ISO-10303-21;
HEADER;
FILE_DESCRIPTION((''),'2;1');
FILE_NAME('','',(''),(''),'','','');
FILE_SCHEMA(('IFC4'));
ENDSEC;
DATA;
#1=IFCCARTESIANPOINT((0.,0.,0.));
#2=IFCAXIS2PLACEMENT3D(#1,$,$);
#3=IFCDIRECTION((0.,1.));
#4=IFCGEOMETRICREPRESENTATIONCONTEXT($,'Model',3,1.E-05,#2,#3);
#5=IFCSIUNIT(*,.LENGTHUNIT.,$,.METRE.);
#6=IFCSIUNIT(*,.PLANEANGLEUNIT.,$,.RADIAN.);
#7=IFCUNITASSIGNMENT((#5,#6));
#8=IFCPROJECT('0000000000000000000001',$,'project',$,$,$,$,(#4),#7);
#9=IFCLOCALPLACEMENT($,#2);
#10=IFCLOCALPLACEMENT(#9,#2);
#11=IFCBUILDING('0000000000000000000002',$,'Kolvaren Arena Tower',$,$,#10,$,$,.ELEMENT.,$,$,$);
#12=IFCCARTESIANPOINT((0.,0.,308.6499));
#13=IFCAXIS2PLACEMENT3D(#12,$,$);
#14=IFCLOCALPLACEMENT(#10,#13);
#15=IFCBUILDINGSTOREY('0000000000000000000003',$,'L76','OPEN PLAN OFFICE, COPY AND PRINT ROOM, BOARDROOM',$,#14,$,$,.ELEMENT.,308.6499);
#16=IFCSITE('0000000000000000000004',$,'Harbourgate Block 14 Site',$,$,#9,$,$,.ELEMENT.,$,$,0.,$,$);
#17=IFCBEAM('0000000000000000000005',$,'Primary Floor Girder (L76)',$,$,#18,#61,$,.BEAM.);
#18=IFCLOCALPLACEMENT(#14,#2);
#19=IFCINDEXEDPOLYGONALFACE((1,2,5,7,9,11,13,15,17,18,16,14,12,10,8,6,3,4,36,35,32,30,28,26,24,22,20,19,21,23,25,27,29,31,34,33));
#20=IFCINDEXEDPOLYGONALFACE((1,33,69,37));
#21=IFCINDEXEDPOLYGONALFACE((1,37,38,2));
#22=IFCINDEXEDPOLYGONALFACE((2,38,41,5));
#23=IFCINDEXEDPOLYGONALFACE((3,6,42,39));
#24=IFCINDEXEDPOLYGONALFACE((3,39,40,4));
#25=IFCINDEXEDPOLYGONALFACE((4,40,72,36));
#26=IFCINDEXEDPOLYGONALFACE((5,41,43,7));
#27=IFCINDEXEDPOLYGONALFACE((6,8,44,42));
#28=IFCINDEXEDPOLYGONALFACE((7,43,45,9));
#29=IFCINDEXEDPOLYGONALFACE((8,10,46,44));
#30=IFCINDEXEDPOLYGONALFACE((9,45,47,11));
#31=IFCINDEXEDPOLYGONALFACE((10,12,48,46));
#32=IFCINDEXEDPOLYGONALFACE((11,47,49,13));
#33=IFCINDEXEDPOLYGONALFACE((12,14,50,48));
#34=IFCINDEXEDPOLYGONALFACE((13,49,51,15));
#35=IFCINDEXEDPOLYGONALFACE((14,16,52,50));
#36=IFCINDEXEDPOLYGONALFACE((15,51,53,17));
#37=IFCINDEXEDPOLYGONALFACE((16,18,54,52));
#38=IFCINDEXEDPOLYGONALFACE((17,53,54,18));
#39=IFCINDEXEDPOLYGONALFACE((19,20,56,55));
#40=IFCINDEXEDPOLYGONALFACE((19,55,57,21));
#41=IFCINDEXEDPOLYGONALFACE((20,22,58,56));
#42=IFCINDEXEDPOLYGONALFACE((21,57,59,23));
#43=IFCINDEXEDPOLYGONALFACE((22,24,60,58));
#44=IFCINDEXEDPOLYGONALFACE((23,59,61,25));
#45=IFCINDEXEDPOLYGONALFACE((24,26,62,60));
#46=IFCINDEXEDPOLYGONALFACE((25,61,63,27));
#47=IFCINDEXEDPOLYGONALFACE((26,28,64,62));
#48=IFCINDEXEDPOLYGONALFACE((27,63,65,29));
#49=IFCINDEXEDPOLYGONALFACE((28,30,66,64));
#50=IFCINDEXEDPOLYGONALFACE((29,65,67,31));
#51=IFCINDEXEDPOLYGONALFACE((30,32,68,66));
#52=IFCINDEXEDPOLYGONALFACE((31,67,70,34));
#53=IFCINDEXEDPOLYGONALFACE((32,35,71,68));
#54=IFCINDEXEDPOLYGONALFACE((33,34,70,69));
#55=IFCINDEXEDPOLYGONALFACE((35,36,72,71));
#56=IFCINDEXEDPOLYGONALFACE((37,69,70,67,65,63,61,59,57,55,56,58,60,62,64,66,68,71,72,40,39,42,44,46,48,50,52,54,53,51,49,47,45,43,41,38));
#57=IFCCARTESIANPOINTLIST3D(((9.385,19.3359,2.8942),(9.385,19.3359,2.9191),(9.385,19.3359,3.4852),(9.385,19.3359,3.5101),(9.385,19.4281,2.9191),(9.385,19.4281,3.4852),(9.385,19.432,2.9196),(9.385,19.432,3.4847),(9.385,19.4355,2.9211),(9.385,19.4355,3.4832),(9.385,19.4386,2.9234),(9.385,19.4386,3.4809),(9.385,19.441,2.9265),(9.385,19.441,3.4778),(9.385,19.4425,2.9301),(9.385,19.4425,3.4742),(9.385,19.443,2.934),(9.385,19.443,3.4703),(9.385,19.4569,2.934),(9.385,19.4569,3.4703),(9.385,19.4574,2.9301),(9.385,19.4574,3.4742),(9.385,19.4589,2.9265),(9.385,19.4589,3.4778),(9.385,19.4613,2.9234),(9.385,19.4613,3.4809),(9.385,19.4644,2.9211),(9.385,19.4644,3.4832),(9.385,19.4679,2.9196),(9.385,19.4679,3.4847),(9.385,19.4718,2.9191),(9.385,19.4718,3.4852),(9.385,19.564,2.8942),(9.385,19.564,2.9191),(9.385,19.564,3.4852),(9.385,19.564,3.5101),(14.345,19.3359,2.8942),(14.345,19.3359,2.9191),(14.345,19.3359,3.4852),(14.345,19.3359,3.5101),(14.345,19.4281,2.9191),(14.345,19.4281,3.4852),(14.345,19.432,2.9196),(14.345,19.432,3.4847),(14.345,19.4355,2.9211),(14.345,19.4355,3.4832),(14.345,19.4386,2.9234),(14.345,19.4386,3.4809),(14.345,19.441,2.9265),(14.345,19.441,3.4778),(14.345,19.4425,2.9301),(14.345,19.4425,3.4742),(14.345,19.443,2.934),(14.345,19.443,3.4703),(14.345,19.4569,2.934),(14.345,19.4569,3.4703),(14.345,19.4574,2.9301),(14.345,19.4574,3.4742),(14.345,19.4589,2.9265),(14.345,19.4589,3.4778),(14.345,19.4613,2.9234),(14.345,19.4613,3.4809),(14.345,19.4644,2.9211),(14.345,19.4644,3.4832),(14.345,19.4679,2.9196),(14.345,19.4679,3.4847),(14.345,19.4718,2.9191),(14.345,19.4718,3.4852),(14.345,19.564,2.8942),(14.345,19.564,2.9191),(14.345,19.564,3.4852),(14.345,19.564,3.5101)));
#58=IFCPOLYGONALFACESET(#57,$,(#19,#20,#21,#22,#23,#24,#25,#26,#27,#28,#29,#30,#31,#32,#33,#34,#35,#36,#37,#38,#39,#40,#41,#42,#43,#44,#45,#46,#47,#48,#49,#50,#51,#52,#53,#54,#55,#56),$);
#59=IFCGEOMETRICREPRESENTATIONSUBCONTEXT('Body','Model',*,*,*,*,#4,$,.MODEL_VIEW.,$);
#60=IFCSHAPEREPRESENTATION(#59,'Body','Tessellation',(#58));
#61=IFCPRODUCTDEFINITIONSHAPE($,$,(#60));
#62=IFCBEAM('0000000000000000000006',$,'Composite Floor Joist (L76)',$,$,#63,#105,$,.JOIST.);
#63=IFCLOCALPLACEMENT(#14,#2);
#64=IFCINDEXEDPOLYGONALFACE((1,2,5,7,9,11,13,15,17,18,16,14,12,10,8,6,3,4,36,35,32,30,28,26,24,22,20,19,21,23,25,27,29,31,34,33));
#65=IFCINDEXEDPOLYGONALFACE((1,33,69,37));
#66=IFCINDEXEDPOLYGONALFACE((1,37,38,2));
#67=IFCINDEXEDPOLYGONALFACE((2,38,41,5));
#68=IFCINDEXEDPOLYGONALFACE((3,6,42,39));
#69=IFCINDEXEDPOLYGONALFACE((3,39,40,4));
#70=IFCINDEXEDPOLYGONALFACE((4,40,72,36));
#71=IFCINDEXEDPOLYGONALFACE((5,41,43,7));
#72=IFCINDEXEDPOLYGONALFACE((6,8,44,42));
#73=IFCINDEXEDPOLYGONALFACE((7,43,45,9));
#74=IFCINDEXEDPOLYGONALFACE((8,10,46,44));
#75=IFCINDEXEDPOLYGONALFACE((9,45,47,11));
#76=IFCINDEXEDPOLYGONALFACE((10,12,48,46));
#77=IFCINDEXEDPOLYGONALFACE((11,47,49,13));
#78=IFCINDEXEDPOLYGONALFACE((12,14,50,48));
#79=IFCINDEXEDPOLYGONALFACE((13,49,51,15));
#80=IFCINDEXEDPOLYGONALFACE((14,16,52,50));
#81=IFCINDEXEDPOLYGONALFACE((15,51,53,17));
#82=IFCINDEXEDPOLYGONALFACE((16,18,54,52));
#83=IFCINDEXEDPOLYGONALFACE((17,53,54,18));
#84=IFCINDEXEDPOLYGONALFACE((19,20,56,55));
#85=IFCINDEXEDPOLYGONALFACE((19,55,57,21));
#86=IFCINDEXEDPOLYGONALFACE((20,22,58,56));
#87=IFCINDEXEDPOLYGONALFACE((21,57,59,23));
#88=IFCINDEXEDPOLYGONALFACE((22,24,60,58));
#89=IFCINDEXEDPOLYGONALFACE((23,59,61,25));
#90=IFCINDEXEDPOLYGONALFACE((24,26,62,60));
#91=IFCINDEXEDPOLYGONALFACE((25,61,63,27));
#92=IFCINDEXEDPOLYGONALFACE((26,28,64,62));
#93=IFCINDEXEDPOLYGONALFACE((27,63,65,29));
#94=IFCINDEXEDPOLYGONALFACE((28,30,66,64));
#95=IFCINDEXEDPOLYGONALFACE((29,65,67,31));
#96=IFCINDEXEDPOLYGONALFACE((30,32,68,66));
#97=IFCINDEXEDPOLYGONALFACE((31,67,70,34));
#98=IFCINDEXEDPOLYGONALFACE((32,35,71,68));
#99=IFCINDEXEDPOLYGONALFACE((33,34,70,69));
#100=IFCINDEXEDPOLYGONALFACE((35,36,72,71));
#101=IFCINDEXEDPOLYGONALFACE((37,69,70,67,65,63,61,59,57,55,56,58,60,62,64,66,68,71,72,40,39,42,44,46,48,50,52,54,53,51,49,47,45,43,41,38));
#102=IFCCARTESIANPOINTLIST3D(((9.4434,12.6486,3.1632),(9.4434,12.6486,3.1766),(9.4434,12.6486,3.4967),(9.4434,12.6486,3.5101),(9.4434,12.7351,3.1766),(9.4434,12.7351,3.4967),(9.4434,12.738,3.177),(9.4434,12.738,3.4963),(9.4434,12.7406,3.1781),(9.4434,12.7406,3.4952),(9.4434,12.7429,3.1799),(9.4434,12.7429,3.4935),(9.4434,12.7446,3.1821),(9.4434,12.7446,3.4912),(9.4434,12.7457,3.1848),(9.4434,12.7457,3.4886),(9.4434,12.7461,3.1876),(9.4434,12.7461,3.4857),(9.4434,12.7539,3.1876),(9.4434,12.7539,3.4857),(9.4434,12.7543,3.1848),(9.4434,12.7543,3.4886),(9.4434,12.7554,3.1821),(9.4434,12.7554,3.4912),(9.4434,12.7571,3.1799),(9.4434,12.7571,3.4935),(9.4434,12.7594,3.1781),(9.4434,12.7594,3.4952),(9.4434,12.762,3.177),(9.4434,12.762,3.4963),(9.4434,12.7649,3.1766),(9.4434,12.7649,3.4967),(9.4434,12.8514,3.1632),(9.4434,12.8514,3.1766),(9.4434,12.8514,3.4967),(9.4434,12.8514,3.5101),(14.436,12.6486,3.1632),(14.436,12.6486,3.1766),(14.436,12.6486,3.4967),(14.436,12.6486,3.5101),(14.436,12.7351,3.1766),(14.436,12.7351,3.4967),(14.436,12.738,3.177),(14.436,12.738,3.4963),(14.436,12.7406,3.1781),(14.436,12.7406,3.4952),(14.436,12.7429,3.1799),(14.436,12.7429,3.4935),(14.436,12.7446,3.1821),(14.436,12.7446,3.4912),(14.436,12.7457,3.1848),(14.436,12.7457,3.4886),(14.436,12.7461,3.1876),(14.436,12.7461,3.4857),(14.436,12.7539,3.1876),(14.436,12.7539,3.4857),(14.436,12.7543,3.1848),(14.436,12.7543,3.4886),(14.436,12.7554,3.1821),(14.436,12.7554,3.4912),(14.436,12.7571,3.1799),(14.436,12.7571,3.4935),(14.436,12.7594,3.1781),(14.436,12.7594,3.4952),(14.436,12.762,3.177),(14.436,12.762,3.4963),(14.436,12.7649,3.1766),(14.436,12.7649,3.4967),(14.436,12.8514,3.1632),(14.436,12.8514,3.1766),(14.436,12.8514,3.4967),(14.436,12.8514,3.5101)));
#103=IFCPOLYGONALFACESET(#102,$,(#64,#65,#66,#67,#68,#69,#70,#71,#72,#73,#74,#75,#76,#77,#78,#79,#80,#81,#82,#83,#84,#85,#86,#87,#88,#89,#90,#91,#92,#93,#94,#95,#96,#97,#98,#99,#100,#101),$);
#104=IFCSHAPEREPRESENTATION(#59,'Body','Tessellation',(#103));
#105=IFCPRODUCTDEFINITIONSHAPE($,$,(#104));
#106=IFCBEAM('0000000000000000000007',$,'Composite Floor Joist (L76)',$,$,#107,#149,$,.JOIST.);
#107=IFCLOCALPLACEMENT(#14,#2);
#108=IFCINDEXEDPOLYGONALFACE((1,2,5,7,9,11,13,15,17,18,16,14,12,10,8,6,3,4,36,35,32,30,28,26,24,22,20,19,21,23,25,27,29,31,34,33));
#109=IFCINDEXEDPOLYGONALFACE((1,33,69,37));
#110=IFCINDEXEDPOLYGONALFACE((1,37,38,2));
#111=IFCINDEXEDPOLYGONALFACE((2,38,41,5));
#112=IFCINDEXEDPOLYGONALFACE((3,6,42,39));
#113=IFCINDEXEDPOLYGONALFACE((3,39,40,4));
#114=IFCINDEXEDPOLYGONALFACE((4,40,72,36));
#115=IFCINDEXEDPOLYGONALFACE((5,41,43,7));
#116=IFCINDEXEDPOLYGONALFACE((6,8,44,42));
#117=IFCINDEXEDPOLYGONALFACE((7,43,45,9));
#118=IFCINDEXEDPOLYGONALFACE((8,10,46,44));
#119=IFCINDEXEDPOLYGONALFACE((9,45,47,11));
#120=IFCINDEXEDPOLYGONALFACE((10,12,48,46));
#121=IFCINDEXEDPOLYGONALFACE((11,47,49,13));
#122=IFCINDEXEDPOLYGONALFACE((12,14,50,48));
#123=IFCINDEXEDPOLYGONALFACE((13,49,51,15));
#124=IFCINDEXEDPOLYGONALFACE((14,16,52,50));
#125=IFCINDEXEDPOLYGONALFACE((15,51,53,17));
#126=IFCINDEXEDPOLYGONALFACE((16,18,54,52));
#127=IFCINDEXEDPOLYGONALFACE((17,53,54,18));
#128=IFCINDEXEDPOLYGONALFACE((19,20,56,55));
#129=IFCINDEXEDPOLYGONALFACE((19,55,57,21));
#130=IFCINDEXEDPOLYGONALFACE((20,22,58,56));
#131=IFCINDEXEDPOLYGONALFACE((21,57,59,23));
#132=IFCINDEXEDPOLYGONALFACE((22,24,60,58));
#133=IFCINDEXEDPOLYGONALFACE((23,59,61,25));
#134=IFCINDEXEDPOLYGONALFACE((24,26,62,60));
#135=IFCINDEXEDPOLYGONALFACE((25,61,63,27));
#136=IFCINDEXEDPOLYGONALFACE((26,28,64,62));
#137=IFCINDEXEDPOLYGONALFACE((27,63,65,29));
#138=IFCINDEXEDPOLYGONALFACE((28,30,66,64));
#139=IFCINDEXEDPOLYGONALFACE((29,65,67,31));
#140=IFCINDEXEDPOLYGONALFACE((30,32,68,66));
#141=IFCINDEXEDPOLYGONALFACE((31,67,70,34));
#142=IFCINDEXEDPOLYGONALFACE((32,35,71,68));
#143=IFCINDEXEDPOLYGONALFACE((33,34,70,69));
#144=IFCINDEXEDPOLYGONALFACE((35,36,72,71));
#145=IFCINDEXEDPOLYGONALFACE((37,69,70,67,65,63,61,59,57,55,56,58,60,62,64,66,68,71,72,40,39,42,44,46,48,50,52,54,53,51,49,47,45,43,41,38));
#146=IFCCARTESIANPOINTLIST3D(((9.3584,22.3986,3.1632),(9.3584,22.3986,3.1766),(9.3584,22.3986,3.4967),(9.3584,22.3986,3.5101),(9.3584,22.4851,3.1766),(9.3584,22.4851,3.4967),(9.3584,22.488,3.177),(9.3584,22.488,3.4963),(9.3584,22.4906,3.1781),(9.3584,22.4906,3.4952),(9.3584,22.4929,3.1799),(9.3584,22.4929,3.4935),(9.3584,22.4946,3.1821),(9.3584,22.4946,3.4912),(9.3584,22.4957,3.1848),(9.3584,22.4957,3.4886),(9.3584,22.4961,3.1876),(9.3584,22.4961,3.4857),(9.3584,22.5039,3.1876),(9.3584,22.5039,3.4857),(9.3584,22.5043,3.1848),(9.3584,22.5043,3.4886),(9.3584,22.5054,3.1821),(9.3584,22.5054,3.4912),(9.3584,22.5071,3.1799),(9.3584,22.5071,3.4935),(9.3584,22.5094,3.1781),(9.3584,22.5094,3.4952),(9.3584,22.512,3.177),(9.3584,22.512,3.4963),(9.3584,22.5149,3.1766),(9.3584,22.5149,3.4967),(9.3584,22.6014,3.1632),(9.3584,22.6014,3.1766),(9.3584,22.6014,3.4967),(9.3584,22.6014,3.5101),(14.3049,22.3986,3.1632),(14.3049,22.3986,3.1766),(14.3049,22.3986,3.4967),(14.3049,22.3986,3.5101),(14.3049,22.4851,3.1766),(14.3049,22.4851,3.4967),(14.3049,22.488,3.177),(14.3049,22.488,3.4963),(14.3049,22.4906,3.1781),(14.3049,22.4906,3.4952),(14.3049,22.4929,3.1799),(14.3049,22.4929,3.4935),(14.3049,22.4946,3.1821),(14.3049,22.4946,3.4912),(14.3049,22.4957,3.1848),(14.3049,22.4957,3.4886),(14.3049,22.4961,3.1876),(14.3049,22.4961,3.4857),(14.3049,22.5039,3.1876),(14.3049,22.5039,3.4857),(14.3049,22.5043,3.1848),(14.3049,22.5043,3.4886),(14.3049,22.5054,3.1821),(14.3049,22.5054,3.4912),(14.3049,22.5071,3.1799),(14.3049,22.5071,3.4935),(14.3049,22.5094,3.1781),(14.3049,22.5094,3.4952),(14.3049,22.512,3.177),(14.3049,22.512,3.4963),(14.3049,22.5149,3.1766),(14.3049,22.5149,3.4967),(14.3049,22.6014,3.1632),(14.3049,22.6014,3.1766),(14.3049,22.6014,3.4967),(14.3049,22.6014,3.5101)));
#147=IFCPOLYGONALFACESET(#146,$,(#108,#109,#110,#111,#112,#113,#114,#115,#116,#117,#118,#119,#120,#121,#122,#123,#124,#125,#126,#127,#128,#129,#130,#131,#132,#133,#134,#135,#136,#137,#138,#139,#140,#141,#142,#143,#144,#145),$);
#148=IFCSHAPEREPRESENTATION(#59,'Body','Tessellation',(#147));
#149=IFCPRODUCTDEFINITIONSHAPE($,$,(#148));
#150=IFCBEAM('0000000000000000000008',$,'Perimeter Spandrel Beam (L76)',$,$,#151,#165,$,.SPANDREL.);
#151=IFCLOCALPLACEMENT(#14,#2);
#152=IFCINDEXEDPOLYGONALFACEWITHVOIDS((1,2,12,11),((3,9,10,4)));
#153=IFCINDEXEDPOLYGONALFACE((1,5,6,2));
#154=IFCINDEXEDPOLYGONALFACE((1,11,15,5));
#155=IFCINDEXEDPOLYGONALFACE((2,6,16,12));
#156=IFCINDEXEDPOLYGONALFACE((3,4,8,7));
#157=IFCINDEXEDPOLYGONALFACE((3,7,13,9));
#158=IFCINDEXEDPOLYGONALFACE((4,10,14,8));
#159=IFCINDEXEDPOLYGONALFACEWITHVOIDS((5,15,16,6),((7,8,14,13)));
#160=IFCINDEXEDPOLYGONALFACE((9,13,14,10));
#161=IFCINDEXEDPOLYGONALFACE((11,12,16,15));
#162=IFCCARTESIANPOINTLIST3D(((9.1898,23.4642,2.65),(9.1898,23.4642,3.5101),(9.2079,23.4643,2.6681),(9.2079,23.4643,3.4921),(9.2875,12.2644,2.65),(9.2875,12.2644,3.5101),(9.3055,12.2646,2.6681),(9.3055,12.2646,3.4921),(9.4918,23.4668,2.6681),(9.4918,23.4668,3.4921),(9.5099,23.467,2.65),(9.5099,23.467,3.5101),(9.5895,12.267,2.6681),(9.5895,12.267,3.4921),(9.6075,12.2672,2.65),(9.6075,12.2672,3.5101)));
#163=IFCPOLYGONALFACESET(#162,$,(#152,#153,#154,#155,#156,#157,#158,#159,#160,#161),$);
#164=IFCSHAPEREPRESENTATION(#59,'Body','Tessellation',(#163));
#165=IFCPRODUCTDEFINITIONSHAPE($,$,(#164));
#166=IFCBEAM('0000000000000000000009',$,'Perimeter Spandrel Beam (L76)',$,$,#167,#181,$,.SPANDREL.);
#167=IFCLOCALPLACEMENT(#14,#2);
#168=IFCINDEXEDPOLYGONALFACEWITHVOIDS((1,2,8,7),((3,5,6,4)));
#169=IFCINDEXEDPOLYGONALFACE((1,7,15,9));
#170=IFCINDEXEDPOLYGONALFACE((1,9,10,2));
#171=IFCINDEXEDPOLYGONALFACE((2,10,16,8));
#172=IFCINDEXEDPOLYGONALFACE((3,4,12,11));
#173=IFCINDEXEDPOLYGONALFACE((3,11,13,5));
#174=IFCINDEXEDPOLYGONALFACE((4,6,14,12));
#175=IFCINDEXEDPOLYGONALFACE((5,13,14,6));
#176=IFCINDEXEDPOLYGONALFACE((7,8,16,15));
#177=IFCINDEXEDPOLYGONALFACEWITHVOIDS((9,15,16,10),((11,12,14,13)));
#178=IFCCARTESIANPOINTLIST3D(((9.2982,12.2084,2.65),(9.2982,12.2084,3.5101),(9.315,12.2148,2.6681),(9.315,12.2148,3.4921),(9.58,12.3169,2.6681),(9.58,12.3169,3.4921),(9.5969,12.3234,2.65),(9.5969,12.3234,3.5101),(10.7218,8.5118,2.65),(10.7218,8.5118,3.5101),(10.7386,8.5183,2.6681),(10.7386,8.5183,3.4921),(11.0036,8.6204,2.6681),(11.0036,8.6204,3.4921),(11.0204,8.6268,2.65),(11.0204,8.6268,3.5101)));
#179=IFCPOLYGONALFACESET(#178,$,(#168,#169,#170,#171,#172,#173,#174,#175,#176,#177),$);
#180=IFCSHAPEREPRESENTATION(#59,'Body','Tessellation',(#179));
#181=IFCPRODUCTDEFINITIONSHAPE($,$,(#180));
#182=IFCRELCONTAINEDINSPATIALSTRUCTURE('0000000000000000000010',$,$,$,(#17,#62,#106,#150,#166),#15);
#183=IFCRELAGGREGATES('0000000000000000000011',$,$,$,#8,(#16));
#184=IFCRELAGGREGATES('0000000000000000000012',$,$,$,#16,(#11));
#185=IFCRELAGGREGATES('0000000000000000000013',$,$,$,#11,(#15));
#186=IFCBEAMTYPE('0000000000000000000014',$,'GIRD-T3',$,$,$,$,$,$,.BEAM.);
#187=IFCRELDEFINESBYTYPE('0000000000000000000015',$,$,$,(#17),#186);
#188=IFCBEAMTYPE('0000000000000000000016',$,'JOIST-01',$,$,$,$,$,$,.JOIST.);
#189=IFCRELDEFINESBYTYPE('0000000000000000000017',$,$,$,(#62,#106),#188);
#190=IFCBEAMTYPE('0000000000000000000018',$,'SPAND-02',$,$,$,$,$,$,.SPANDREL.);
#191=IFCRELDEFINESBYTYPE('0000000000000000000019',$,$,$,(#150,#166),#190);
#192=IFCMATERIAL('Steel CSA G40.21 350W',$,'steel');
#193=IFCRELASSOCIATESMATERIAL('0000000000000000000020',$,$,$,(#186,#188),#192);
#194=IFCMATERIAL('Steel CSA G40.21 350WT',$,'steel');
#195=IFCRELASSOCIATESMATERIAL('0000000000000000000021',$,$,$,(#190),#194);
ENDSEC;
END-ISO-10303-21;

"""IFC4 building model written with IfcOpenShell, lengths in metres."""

from ifc_helpers import new_model, si_unit, direction, frame, origin, origin_2d, place, context, subcontext, project, spatial, hollow_rectangle, i_section, extrude, material, material_profile, profile_set, type_object, element, save


model = new_model("IFC4")

# Units and contexts
model_context = context("Model", 3, precision=1e-05, world=origin(), true_north=direction((0.0, 1.0)))
body_context = subcontext(model_context, "Body", "Model", "MODEL_VIEW")
ifc_project = project(units=[si_unit("LENGTHUNIT", "METRE"), si_unit("PLANEANGLEUNIT", "RADIAN")], contexts=[model_context])

# Site, building, storey
site_placement = place(None, origin())
site = spatial("IfcSite", under=ifc_project, at=site_placement, Name="Harbourgate Block 14 Site", CompositionType="ELEMENT", RefElevation=0.0)
building_placement = place(site_placement, origin())
building = spatial("IfcBuilding", under=site, at=building_placement, Name="Kolvaren Arena Tower", CompositionType="ELEMENT")
storey_placement = place(building_placement, frame((0.0, 0.0, 308.6499)))
storey = spatial("IfcBuildingStorey", under=building, at=storey_placement, Name="L76", Description="OPEN PLAN OFFICE, COPY AND PRINT ROOM, BOARDROOM", CompositionType="ELEMENT", Elevation=308.6499)

# Beams
ifc_material_1 = material(Name="Steel CSA G40.21 350W", Category="steel")
ifc_material_profile_1 = material_profile(ifc_material_1, i_section(OverallWidth=0.228, OverallDepth=0.616, WebThickness=0.0139, FlangeThickness=0.0249, FilletRadius=0.0149, at=origin_2d()), Name="W610x174")
ifc_profile_set_1 = profile_set([ifc_material_profile_1], Name="Steel CSA G40.21 350W")
beam_type_1 = type_object("IfcBeamType", Name="GIRD-T3", PredefinedType="BEAM", material=ifc_profile_set_1)
beam_1_placement = place(storey_placement, frame((9.385, 19.45, 3.2021), z_axis=(1.0, 0.0, 0.0), x_axis=(0.0, 1.0, 0.0)))
element("IfcBeam", 1, at=beam_1_placement, inside=storey, type_object=beam_type_1, Name="Primary Floor Girder (L76)", PredefinedType="BEAM", context=body_context, shape_type="SweptSolid", body=[
    extrude(i_section(OverallWidth=0.228, OverallDepth=0.616, WebThickness=0.0139, FlangeThickness=0.0249, FilletRadius=0.0149, at=origin_2d()), origin(), (0.0, 0.0, 1.0), 4.96),
])
ifc_material_profile_2 = material_profile(ifc_material_1, i_section(OverallWidth=0.2029, OverallDepth=0.3469, WebThickness=0.0078, FlangeThickness=0.0134, FilletRadius=0.011, at=origin_2d()), Name="W360x64")
ifc_profile_set_2 = profile_set([ifc_material_profile_2], Name="Steel CSA G40.21 350W")
beam_type_2 = type_object("IfcBeamType", Name="JOIST-01", PredefinedType="JOIST", material=ifc_profile_set_2)
beam_2_placement = place(storey_placement, frame((9.4434, 12.75, 3.3367), z_axis=(1.0, 0.0, 0.0), x_axis=(0.0, 1.0, 0.0)))
element("IfcBeam", 2, at=beam_2_placement, inside=storey, type_object=beam_type_2, Name="Composite Floor Joist (L76)", PredefinedType="JOIST", context=body_context, shape_type="SweptSolid", body=[
    extrude(i_section(OverallWidth=0.2029, OverallDepth=0.3469, WebThickness=0.0078, FlangeThickness=0.0134, FilletRadius=0.011, at=origin_2d()), origin(), (0.0, 0.0, 1.0), 4.9927),
])
beam_3_placement = place(storey_placement, frame((9.3584, 22.5, 3.3367), z_axis=(1.0, 0.0, 0.0), x_axis=(0.0, 1.0, 0.0)))
element("IfcBeam", 3, at=beam_3_placement, inside=storey, type_object=beam_type_2, Name="Composite Floor Joist (L76)", PredefinedType="JOIST", context=body_context, shape_type="SweptSolid", body=[
    extrude(i_section(OverallWidth=0.2029, OverallDepth=0.3469, WebThickness=0.0078, FlangeThickness=0.0134, FilletRadius=0.011, at=origin_2d()), origin(), (0.0, 0.0, 1.0), 4.9465),
])
ifc_material_2 = material(Name="Steel CSA G40.21 350WT", Category="steel")
ifc_material_profile_3 = material_profile(ifc_material_2, hollow_rectangle(XDim=0.3201, YDim=0.8601, WallThickness=0.0181, at=origin_2d()), Name="HSS 860x320x18")
ifc_profile_set_3 = profile_set([ifc_material_profile_3], Name="Steel CSA G40.21 350WT")
beam_type_3 = type_object("IfcBeamType", Name="SPAND-02", PredefinedType="SPANDREL", material=ifc_profile_set_3)
beam_4_placement = place(storey_placement, frame((9.3499, 23.4656, 3.0801), z_axis=(0.008719, -0.999962, 0.0), x_axis=(0.999962, 0.008719, 0.0)))
element("IfcBeam", 4, at=beam_4_placement, inside=storey, type_object=beam_type_3, Name="Perimeter Spandrel Beam (L76)", PredefinedType="SPANDREL", context=body_context, shape_type="SweptSolid", body=[
    extrude(hollow_rectangle(XDim=0.3201, YDim=0.8601, WallThickness=0.0181, at=origin_2d()), origin(), (0.0, 0.0, 1.0), 11.2002),
])
beam_5_placement = place(storey_placement, frame((9.4475, 12.2659, 3.0801), z_axis=(0.359384, -0.93319, 0.0), x_axis=(0.93319, 0.359384, 0.0)))
element("IfcBeam", 5, at=beam_5_placement, inside=storey, type_object=beam_type_3, Name="Perimeter Spandrel Beam (L76)", PredefinedType="SPANDREL", context=body_context, shape_type="SweptSolid", body=[
    extrude(hollow_rectangle(XDim=0.3201, YDim=0.8601, WallThickness=0.0181, at=origin_2d()), origin(), (0.0, 0.0, 1.0), 3.9612),
])

save(model, "model.ifc")
